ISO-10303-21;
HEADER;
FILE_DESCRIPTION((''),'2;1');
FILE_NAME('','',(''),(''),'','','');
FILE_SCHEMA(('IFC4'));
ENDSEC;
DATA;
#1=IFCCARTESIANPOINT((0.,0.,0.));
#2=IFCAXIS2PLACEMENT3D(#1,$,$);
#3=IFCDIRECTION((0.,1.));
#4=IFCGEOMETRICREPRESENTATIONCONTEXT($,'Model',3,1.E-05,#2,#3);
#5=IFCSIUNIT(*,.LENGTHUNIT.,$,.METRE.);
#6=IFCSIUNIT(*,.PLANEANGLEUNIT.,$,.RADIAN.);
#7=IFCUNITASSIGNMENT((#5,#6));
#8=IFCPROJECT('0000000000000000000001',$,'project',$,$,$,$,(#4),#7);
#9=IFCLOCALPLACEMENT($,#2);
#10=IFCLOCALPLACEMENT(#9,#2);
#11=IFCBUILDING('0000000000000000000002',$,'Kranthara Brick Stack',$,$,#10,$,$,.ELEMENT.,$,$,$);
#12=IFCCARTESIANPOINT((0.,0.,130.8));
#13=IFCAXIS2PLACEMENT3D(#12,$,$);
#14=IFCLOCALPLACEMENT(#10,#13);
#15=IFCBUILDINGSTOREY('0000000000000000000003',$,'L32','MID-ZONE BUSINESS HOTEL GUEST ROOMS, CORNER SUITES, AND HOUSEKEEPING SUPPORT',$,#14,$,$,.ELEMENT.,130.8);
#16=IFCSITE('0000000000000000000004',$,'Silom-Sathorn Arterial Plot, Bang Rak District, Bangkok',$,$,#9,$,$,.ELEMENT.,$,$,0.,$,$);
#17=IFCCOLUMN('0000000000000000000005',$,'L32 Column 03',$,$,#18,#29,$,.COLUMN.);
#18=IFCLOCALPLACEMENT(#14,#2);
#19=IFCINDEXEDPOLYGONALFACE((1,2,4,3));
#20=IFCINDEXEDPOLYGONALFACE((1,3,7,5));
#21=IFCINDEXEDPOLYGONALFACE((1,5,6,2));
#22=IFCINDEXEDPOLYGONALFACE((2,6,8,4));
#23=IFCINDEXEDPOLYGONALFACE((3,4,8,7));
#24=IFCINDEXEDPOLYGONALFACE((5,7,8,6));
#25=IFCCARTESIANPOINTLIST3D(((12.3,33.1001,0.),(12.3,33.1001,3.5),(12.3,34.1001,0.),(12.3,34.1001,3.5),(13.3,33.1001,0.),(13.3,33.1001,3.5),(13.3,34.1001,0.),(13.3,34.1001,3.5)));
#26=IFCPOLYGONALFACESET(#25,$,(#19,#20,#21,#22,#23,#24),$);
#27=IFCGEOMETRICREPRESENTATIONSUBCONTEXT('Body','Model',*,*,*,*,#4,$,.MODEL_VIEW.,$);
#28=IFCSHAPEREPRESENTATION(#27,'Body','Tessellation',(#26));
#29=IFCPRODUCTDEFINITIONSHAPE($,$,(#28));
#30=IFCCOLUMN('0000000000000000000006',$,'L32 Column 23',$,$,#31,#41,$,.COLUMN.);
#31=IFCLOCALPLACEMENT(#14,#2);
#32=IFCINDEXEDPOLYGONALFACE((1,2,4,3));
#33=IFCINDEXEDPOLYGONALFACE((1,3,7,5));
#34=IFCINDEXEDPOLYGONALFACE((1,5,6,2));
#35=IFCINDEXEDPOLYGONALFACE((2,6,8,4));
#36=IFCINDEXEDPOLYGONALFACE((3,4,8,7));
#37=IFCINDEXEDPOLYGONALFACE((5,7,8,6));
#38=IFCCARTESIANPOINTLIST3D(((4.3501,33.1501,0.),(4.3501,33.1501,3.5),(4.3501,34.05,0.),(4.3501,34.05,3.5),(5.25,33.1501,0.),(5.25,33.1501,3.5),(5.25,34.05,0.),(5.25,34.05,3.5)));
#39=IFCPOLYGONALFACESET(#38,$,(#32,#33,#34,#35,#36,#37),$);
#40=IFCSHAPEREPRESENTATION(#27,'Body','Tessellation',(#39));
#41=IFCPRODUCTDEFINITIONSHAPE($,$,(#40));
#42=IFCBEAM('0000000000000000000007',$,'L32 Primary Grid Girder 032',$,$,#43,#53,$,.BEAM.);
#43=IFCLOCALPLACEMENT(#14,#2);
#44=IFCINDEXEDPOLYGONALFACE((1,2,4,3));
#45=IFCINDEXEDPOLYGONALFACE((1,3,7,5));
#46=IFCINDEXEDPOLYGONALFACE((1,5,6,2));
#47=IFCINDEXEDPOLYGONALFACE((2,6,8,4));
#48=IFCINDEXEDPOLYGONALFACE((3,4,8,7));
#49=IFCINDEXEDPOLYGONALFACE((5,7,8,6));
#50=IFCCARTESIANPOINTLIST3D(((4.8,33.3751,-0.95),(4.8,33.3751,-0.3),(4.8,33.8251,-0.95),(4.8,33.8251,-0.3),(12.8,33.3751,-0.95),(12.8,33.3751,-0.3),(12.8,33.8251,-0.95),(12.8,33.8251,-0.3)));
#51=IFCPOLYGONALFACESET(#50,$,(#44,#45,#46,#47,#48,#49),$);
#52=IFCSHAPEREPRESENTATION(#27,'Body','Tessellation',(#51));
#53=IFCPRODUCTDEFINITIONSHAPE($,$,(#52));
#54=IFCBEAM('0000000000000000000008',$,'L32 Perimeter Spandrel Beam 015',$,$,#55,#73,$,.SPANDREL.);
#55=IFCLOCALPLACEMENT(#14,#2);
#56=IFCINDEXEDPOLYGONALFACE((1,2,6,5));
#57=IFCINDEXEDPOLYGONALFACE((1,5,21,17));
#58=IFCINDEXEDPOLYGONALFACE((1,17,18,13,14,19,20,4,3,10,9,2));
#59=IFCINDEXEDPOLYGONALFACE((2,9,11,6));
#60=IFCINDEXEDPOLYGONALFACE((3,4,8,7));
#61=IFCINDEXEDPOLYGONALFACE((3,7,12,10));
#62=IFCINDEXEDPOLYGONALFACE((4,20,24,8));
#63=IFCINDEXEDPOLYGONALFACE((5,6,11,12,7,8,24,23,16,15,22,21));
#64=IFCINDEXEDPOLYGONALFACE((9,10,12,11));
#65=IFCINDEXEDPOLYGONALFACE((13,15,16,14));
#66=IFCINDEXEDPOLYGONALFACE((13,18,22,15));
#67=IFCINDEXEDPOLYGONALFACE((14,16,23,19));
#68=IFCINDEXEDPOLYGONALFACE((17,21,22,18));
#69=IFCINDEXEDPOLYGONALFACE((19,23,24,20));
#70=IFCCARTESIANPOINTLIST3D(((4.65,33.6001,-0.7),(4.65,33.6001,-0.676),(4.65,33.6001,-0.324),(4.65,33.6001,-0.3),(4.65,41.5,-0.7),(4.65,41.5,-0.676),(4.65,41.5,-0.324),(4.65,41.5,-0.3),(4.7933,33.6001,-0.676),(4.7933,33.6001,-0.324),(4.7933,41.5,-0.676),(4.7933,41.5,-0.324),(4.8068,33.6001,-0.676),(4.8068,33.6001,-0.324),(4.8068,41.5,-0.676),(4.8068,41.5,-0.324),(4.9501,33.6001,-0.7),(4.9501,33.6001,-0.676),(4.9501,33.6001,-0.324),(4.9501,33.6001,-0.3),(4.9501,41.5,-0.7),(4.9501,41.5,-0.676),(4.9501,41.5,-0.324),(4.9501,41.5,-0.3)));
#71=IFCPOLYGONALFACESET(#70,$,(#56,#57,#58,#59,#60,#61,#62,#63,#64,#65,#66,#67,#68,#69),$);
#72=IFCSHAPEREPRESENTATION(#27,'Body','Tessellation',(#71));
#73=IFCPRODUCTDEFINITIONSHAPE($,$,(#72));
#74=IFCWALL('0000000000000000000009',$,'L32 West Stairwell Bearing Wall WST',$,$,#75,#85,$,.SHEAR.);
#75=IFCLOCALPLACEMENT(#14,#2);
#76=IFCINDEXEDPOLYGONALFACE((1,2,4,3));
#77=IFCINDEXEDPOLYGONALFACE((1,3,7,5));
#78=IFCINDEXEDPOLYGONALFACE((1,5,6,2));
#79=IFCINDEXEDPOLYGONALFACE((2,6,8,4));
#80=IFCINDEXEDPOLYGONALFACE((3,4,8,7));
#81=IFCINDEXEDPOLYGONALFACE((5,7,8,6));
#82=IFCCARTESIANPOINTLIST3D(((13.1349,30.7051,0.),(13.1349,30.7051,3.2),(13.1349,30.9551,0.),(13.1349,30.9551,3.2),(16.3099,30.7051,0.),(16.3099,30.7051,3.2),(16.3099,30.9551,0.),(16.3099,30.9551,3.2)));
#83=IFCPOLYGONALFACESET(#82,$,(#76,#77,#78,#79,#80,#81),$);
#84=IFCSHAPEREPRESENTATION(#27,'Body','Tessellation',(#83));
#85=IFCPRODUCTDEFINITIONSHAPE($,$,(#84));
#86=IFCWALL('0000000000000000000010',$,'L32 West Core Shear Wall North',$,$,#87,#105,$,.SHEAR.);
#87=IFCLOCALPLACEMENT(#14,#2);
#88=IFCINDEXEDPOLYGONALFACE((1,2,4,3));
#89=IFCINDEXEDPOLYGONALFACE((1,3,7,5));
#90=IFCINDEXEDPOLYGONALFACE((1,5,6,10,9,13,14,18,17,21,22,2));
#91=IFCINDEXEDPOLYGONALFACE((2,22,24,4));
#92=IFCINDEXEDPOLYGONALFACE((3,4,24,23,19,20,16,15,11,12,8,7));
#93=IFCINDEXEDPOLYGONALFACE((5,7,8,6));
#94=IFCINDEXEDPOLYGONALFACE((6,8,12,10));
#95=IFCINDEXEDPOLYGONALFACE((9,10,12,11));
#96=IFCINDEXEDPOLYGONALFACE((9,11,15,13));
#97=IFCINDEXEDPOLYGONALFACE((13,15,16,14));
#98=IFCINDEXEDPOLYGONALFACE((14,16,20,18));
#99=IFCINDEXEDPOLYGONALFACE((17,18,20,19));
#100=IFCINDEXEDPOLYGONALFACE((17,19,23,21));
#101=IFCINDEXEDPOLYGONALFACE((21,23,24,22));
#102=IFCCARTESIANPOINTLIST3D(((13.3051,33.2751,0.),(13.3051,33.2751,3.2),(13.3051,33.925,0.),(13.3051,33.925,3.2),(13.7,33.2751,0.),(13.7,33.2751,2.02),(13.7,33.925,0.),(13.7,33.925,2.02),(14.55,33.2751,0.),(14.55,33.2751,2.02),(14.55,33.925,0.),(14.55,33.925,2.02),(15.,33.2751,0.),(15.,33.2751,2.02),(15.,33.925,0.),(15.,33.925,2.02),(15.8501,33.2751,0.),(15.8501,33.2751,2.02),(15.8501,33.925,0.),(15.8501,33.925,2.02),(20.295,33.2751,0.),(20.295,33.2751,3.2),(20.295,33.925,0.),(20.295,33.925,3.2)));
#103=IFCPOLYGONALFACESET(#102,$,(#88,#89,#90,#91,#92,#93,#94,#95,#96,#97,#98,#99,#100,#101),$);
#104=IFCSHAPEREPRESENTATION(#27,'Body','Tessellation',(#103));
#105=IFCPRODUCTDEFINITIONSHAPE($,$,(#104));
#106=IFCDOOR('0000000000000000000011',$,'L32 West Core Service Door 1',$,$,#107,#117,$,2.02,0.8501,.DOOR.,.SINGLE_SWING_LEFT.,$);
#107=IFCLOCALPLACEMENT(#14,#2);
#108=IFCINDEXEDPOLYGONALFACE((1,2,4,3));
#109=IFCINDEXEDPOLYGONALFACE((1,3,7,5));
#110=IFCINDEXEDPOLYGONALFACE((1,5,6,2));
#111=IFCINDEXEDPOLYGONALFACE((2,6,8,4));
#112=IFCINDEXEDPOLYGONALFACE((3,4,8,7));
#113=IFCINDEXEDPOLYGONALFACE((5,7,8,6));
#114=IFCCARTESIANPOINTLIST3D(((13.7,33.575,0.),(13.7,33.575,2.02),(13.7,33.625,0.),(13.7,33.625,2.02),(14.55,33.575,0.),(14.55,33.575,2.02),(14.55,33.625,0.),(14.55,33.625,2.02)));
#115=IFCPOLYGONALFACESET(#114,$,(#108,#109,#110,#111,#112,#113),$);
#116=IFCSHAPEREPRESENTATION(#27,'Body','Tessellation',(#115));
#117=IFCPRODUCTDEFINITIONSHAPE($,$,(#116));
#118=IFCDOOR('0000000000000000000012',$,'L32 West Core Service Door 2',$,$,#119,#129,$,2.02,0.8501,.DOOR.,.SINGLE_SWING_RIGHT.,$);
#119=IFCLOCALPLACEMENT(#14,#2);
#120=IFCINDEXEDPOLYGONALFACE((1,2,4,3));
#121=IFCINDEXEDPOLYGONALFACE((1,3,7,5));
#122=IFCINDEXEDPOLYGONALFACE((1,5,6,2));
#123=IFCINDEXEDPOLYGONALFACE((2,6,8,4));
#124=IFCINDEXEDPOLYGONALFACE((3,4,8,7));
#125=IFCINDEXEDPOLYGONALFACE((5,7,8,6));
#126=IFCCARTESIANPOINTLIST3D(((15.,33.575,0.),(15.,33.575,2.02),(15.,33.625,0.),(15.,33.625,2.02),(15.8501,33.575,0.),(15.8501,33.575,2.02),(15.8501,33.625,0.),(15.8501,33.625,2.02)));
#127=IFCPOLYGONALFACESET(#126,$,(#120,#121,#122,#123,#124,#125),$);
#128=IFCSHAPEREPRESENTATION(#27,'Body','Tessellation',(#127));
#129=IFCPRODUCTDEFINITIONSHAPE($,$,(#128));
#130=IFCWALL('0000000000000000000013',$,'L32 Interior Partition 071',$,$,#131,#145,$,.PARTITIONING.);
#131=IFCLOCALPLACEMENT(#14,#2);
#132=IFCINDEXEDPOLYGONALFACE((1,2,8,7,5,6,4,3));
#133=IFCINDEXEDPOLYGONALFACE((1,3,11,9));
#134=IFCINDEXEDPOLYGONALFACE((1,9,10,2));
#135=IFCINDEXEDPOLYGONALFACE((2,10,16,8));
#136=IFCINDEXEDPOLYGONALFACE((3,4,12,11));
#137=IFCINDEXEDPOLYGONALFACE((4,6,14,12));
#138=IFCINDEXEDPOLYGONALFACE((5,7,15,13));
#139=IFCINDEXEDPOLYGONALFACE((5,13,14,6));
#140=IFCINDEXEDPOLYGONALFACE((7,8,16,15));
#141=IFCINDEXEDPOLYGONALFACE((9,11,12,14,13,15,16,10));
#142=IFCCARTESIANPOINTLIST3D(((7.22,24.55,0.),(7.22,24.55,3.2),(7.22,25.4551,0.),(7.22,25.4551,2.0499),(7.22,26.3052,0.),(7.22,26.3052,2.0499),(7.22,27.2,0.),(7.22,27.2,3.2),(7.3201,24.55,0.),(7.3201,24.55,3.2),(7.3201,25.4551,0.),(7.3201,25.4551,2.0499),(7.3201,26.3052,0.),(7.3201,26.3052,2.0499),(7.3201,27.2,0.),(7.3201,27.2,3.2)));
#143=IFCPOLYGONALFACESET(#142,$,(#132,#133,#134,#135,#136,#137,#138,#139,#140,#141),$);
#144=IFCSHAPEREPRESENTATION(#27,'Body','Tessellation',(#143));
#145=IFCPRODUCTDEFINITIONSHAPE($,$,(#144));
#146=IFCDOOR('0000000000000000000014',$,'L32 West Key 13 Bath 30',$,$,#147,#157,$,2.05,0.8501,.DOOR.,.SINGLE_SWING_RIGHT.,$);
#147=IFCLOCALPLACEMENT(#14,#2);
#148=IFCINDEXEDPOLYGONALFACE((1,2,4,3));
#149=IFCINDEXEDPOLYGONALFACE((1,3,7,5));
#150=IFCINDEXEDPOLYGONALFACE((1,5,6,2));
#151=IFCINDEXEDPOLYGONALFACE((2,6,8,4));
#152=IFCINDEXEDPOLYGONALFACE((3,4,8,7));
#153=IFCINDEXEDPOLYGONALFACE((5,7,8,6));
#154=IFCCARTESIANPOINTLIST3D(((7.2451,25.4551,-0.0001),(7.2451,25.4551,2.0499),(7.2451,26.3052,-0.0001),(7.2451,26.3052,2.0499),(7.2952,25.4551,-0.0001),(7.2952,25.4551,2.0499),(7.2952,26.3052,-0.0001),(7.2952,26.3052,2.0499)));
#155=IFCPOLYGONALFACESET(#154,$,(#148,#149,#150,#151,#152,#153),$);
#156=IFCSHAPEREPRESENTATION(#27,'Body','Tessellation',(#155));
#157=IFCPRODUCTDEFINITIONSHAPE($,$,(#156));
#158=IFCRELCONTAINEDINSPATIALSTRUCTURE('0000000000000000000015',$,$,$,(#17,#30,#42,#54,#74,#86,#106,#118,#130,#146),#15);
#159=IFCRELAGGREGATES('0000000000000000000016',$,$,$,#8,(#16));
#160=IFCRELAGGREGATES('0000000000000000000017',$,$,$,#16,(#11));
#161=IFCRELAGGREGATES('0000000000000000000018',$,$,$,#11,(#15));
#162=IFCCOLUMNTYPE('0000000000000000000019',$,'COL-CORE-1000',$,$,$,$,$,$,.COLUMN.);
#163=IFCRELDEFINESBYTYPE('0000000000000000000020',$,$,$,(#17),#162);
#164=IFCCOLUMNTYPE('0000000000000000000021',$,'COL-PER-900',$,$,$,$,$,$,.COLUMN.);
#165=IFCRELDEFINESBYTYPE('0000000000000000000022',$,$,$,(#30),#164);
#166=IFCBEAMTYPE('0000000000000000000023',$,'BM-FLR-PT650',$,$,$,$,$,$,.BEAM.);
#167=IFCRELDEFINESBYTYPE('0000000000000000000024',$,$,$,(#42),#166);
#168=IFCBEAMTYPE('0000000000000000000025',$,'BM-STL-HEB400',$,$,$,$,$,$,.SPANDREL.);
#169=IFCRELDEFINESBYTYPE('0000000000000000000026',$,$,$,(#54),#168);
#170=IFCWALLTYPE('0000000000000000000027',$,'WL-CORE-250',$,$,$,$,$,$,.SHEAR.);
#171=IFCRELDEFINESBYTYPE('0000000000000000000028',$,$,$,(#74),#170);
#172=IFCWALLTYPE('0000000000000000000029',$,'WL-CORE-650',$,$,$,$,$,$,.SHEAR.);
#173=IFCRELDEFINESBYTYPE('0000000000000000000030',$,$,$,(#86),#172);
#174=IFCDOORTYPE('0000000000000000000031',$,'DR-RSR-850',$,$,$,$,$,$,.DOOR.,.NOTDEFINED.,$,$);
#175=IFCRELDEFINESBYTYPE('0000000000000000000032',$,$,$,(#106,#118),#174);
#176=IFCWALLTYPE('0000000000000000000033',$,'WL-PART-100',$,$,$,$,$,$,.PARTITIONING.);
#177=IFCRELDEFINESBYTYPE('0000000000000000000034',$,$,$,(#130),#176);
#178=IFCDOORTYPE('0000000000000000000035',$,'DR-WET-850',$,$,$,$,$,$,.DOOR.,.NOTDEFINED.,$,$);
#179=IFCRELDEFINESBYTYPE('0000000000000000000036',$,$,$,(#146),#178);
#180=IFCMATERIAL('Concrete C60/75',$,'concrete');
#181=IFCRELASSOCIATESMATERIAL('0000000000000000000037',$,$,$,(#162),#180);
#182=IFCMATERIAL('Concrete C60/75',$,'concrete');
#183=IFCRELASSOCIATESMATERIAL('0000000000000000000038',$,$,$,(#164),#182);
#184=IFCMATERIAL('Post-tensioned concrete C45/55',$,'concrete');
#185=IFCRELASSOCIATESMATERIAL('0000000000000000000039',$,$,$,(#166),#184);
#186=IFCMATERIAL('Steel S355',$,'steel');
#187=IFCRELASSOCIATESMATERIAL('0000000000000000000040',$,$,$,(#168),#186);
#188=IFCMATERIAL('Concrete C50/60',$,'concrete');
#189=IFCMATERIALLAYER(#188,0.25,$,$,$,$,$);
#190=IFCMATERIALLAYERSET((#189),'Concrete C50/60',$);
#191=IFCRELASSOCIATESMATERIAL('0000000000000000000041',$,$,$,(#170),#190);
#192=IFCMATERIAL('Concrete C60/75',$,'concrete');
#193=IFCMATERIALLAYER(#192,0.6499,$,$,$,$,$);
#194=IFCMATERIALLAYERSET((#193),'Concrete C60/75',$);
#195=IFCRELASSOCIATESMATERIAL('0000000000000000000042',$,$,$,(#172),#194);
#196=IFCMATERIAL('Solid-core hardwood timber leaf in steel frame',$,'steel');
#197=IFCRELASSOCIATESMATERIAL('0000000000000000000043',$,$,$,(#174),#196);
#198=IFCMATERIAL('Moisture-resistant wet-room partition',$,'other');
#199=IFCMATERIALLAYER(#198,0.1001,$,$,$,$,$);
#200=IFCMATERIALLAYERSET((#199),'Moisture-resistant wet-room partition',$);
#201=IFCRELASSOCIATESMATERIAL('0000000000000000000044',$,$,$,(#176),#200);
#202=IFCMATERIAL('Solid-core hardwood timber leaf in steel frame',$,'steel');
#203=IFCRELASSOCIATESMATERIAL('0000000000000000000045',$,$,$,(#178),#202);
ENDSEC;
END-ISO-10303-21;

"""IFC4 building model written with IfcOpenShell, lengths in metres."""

from ifc_helpers import new_model, si_unit, direction, frame, frame_2d, origin, origin_2d, place, context, subcontext, project, spatial, rectangle, i_section, extrude, material, layer, layer_set, material_profile, profile_set, type_object, element, fill, save


model = new_model("IFC4")

# Units and contexts
model_context = context("Model", 3, precision=1e-05, world=origin(), true_north=direction((0.0, 1.0)))
body_context = subcontext(model_context, "Body", "Model", "MODEL_VIEW")
ifc_project = project(units=[si_unit("LENGTHUNIT", "METRE"), si_unit("PLANEANGLEUNIT", "RADIAN")], contexts=[model_context])

# Site, building, storey
site_placement = place(None, origin())
site = spatial("IfcSite", under=ifc_project, at=site_placement, Name="Silom-Sathorn Arterial Plot, Bang Rak District, Bangkok", CompositionType="ELEMENT", RefElevation=0.0)
building_placement = place(site_placement, origin())
building = spatial("IfcBuilding", under=site, at=building_placement, Name="Kranthara Brick Stack", CompositionType="ELEMENT")
storey_placement = place(building_placement, frame((0.0, 0.0, 130.8)))
storey = spatial("IfcBuildingStorey", under=building, at=storey_placement, Name="L32", Description="MID-ZONE BUSINESS HOTEL GUEST ROOMS, CORNER SUITES, AND HOUSEKEEPING SUPPORT", CompositionType="ELEMENT", Elevation=130.8)

# Columns
ifc_material_1 = material(Name="Concrete C60/75", Category="concrete")
ifc_material_profile_1 = material_profile(ifc_material_1, rectangle(XDim=1.0, YDim=1.0, at=origin_2d()), Name="RC 1000x1000")
ifc_profile_set_1 = profile_set([ifc_material_profile_1], Name="Concrete C60/75")
column_type_1 = type_object("IfcColumnType", Name="COL-CORE-1000", PredefinedType="COLUMN", material=ifc_profile_set_1)
column_1_placement = place(storey_placement, frame((12.8, 33.6001, 0.0), z_axis=(0.0, 0.0, 1.0), x_axis=(1.0, 0.0, 0.0)))
element("IfcColumn", 1, at=column_1_placement, inside=storey, type_object=column_type_1, Name="L32 Column 03", PredefinedType="COLUMN", context=body_context, shape_type="SweptSolid", body=[
    extrude(rectangle(XDim=1.0, YDim=1.0, at=origin_2d()), origin(), (0.0, 0.0, 1.0), 3.5),
])
ifc_material_2 = material(Name="Concrete C60/75", Category="concrete")
ifc_material_profile_2 = material_profile(ifc_material_2, rectangle(XDim=0.8999, YDim=0.8999, at=origin_2d()), Name="RC 900x900")
ifc_profile_set_2 = profile_set([ifc_material_profile_2], Name="Concrete C60/75")
column_type_2 = type_object("IfcColumnType", Name="COL-PER-900", PredefinedType="COLUMN", material=ifc_profile_set_2)
column_2_placement = place(storey_placement, frame((4.8, 33.6001, 0.0), z_axis=(0.0, 0.0, 1.0), x_axis=(1.0, 0.0, 0.0)))
element("IfcColumn", 2, at=column_2_placement, inside=storey, type_object=column_type_2, Name="L32 Column 23", PredefinedType="COLUMN", context=body_context, shape_type="SweptSolid", body=[
    extrude(rectangle(XDim=0.8999, YDim=0.8999, at=origin_2d()), origin(), (0.0, 0.0, 1.0), 3.5),
])

# Beams
ifc_material_3 = material(Name="Post-tensioned concrete C45/55", Category="concrete")
ifc_material_profile_3 = material_profile(ifc_material_3, rectangle(XDim=0.45, YDim=0.6499, at=origin_2d()), Name="PT 450x650")
ifc_profile_set_3 = profile_set([ifc_material_profile_3], Name="Post-tensioned concrete C45/55")
beam_type_1 = type_object("IfcBeamType", Name="BM-FLR-PT650", PredefinedType="BEAM", material=ifc_profile_set_3)
beam_1_placement = place(storey_placement, frame((4.8, 33.6001, -0.625), z_axis=(1.0, 0.0, 0.0), x_axis=(0.0, 1.0, 0.0)))
element("IfcBeam", 3, at=beam_1_placement, inside=storey, type_object=beam_type_1, Name="L32 Primary Grid Girder 032", PredefinedType="BEAM", context=body_context, shape_type="SweptSolid", body=[
    extrude(rectangle(XDim=0.45, YDim=0.6499, at=origin_2d()), origin(), (0.0, 0.0, 1.0), 8.0),
])
ifc_material_4 = material(Name="Steel S355", Category="steel")
ifc_material_profile_4 = material_profile(ifc_material_4, i_section(OverallWidth=0.3, OverallDepth=0.3999, WebThickness=0.0134, FlangeThickness=0.0239, at=origin_2d()), Name="HEB 400")
ifc_profile_set_4 = profile_set([ifc_material_profile_4], Name="Steel S355")
beam_type_2 = type_object("IfcBeamType", Name="BM-STL-HEB400", PredefinedType="SPANDREL", material=ifc_profile_set_4)
beam_2_placement = place(storey_placement, frame((4.8, 33.6001, -0.5), z_axis=(0.0, 1.0, 0.0), x_axis=(-1.0, 0.0, 0.0)))
element("IfcBeam", 4, at=beam_2_placement, inside=storey, type_object=beam_type_2, Name="L32 Perimeter Spandrel Beam 015", PredefinedType="SPANDREL", context=body_context, shape_type="SweptSolid", body=[
    extrude(i_section(OverallWidth=0.3, OverallDepth=0.3999, WebThickness=0.0134, FlangeThickness=0.0239, at=origin_2d()), origin(), (0.0, 0.0, 1.0), 7.8999),
])

# Wall
ifc_material_5 = material(Name="Concrete C50/60", Category="concrete")
ifc_layer_1 = layer(ifc_material_5, 0.25)
ifc_layer_set_1 = layer_set([ifc_layer_1], Name="Concrete C50/60")
wall_type_1 = type_object("IfcWallType", Name="WL-CORE-250", PredefinedType="SHEAR", material=ifc_layer_set_1)
wall_1_placement = place(storey_placement, frame((13.135, 30.8301, 0.0), z_axis=(0.0, 0.0, 1.0), x_axis=(1.0, 0.0, 0.0)))
element("IfcWall", 5, at=wall_1_placement, inside=storey, type_object=wall_type_1, Name="L32 West Stairwell Bearing Wall WST", PredefinedType="SHEAR", context=body_context, shape_type="SweptSolid", body=[
    extrude(rectangle(XDim=3.175, YDim=0.25, at=frame_2d((1.5874, 0.0))), origin(), (0.0, 0.0, 1.0), 3.2),
])

# Wall, openings, doors
ifc_material_6 = material(Name="Concrete C60/75", Category="concrete")
ifc_layer_2 = layer(ifc_material_6, 0.6499)
ifc_layer_set_2 = layer_set([ifc_layer_2], Name="Concrete C60/75")
wall_type_2 = type_object("IfcWallType", Name="WL-CORE-650", PredefinedType="SHEAR", material=ifc_layer_set_2)
wall_2_placement = place(storey_placement, frame((13.3049, 33.6001, 0.0), z_axis=(0.0, 0.0, 1.0), x_axis=(1.0, 0.0, 0.0)))
wall_2 = element("IfcWall", 6, at=wall_2_placement, inside=storey, type_object=wall_type_2, Name="L32 West Core Shear Wall North", PredefinedType="SHEAR", context=body_context, shape_type="SweptSolid", body=[
    extrude(rectangle(XDim=6.99, YDim=0.6499, at=frame_2d((3.4951, 0.0))), origin(), (0.0, 0.0, 1.0), 3.2),
])
opening_1_placement = place(wall_2_placement, frame((0.395, 0.0, 0.0)))
opening_1 = element("IfcOpeningElement", 7, at=opening_1_placement, cuts=wall_2, PredefinedType="OPENING", context=body_context, shape_type="SweptSolid", body=[
    extrude(rectangle(XDim=0.8501, YDim=2.02, at=frame_2d((0.425, 1.01))), frame((0.0, 0.335, 0.0), z_axis=(0.0, -1.0, 0.0), x_axis=(1.0, 0.0, 0.0)), (0.0, 0.0, 1.0), 0.6699),
])
opening_2_placement = place(wall_2_placement, frame((1.6951, 0.0, 0.0)))
opening_2 = element("IfcOpeningElement", 8, at=opening_2_placement, cuts=wall_2, PredefinedType="OPENING", context=body_context, shape_type="SweptSolid", body=[
    extrude(rectangle(XDim=0.8501, YDim=2.02, at=frame_2d((0.425, 1.01))), frame((0.0, 0.335, 0.0), z_axis=(0.0, -1.0, 0.0), x_axis=(1.0, 0.0, 0.0)), (0.0, 0.0, 1.0), 0.6699),
])
ifc_material_7 = material(Name="Solid-core hardwood timber leaf in steel frame", Category="steel")
door_type_1 = type_object("IfcDoorType", Name="DR-RSR-850", OperationType="NOTDEFINED", PredefinedType="DOOR", material=ifc_material_7)
door_1_placement = place(opening_1_placement, origin())
door_1 = element("IfcDoor", 9, at=door_1_placement, inside=storey, type_object=door_type_1, Name="L32 West Core Service Door 1", OperationType="SINGLE_SWING_LEFT", OverallHeight=2.02, OverallWidth=0.8501, PredefinedType="DOOR", context=body_context, shape_type="SweptSolid", body=[
    extrude(rectangle(XDim=0.8501, YDim=2.02, at=frame_2d((0.425, 1.01))), frame((0.0, 0.0249, 0.0), z_axis=(0.0, -1.0, 0.0), x_axis=(1.0, 0.0, 0.0)), (0.0, 0.0, 1.0), 0.05),
])
fill(opening_1, door_1)
door_2_placement = place(opening_2_placement, origin())
door_2 = element("IfcDoor", 10, at=door_2_placement, inside=storey, type_object=door_type_1, Name="L32 West Core Service Door 2", OperationType="SINGLE_SWING_RIGHT", OverallHeight=2.02, OverallWidth=0.8501, PredefinedType="DOOR", context=body_context, shape_type="SweptSolid", body=[
    extrude(rectangle(XDim=0.8501, YDim=2.02, at=frame_2d((0.425, 1.01))), frame((0.0, 0.0249, 0.0), z_axis=(0.0, -1.0, 0.0), x_axis=(1.0, 0.0, 0.0)), (0.0, 0.0, 1.0), 0.05),
])
fill(opening_2, door_2)

# Wall, opening, door
ifc_material_8 = material(Name="Moisture-resistant wet-room partition", Category="other")
ifc_layer_3 = layer(ifc_material_8, 0.1001)
ifc_layer_set_3 = layer_set([ifc_layer_3], Name="Moisture-resistant wet-room partition")
wall_type_3 = type_object("IfcWallType", Name="WL-PART-100", PredefinedType="PARTITIONING", material=ifc_layer_set_3)
wall_3_placement = place(storey_placement, frame((7.27, 24.55, 0.0), z_axis=(0.0, 0.0, 1.0), x_axis=(0.0, 1.0, 0.0)))
wall_3 = element("IfcWall", 11, at=wall_3_placement, inside=storey, type_object=wall_type_3, Name="L32 Interior Partition 071", PredefinedType="PARTITIONING", context=body_context, shape_type="SweptSolid", body=[
    extrude(rectangle(XDim=2.6499, YDim=0.1001, at=frame_2d((1.325, 0.0))), origin(), (0.0, 0.0, 1.0), 3.2),
])
opening_3_placement = place(wall_3_placement, frame((0.905, 0.0, 0.0)))
opening_3 = element("IfcOpeningElement", 12, at=opening_3_placement, cuts=wall_3, PredefinedType="OPENING", context=body_context, shape_type="SweptSolid", body=[
    extrude(rectangle(XDim=0.8501, YDim=2.05, at=frame_2d((0.425, 1.0249))), frame((0.0, 0.0601, 0.0), z_axis=(0.0, -1.0, 0.0), x_axis=(1.0, 0.0, 0.0)), (0.0, 0.0, 1.0), 0.1201),
])
ifc_material_9 = material(Name="Solid-core hardwood timber leaf in steel frame", Category="steel")
door_type_2 = type_object("IfcDoorType", Name="DR-WET-850", OperationType="NOTDEFINED", PredefinedType="DOOR", material=ifc_material_9)
door_3_placement = place(opening_3_placement, origin())
door_3 = element("IfcDoor", 13, at=door_3_placement, inside=storey, type_object=door_type_2, Name="L32 West Key 13 Bath 30", OperationType="SINGLE_SWING_RIGHT", OverallHeight=2.05, OverallWidth=0.8501, PredefinedType="DOOR", context=body_context, shape_type="SweptSolid", body=[
    extrude(rectangle(XDim=0.8501, YDim=2.05, at=frame_2d((0.425, 1.0249))), frame((0.0, 0.0249, 0.0), z_axis=(0.0, -1.0, 0.0), x_axis=(1.0, 0.0, 0.0)), (0.0, 0.0, 1.0), 0.05),
])
fill(opening_3, door_3)

save(model, "model.ifc")
